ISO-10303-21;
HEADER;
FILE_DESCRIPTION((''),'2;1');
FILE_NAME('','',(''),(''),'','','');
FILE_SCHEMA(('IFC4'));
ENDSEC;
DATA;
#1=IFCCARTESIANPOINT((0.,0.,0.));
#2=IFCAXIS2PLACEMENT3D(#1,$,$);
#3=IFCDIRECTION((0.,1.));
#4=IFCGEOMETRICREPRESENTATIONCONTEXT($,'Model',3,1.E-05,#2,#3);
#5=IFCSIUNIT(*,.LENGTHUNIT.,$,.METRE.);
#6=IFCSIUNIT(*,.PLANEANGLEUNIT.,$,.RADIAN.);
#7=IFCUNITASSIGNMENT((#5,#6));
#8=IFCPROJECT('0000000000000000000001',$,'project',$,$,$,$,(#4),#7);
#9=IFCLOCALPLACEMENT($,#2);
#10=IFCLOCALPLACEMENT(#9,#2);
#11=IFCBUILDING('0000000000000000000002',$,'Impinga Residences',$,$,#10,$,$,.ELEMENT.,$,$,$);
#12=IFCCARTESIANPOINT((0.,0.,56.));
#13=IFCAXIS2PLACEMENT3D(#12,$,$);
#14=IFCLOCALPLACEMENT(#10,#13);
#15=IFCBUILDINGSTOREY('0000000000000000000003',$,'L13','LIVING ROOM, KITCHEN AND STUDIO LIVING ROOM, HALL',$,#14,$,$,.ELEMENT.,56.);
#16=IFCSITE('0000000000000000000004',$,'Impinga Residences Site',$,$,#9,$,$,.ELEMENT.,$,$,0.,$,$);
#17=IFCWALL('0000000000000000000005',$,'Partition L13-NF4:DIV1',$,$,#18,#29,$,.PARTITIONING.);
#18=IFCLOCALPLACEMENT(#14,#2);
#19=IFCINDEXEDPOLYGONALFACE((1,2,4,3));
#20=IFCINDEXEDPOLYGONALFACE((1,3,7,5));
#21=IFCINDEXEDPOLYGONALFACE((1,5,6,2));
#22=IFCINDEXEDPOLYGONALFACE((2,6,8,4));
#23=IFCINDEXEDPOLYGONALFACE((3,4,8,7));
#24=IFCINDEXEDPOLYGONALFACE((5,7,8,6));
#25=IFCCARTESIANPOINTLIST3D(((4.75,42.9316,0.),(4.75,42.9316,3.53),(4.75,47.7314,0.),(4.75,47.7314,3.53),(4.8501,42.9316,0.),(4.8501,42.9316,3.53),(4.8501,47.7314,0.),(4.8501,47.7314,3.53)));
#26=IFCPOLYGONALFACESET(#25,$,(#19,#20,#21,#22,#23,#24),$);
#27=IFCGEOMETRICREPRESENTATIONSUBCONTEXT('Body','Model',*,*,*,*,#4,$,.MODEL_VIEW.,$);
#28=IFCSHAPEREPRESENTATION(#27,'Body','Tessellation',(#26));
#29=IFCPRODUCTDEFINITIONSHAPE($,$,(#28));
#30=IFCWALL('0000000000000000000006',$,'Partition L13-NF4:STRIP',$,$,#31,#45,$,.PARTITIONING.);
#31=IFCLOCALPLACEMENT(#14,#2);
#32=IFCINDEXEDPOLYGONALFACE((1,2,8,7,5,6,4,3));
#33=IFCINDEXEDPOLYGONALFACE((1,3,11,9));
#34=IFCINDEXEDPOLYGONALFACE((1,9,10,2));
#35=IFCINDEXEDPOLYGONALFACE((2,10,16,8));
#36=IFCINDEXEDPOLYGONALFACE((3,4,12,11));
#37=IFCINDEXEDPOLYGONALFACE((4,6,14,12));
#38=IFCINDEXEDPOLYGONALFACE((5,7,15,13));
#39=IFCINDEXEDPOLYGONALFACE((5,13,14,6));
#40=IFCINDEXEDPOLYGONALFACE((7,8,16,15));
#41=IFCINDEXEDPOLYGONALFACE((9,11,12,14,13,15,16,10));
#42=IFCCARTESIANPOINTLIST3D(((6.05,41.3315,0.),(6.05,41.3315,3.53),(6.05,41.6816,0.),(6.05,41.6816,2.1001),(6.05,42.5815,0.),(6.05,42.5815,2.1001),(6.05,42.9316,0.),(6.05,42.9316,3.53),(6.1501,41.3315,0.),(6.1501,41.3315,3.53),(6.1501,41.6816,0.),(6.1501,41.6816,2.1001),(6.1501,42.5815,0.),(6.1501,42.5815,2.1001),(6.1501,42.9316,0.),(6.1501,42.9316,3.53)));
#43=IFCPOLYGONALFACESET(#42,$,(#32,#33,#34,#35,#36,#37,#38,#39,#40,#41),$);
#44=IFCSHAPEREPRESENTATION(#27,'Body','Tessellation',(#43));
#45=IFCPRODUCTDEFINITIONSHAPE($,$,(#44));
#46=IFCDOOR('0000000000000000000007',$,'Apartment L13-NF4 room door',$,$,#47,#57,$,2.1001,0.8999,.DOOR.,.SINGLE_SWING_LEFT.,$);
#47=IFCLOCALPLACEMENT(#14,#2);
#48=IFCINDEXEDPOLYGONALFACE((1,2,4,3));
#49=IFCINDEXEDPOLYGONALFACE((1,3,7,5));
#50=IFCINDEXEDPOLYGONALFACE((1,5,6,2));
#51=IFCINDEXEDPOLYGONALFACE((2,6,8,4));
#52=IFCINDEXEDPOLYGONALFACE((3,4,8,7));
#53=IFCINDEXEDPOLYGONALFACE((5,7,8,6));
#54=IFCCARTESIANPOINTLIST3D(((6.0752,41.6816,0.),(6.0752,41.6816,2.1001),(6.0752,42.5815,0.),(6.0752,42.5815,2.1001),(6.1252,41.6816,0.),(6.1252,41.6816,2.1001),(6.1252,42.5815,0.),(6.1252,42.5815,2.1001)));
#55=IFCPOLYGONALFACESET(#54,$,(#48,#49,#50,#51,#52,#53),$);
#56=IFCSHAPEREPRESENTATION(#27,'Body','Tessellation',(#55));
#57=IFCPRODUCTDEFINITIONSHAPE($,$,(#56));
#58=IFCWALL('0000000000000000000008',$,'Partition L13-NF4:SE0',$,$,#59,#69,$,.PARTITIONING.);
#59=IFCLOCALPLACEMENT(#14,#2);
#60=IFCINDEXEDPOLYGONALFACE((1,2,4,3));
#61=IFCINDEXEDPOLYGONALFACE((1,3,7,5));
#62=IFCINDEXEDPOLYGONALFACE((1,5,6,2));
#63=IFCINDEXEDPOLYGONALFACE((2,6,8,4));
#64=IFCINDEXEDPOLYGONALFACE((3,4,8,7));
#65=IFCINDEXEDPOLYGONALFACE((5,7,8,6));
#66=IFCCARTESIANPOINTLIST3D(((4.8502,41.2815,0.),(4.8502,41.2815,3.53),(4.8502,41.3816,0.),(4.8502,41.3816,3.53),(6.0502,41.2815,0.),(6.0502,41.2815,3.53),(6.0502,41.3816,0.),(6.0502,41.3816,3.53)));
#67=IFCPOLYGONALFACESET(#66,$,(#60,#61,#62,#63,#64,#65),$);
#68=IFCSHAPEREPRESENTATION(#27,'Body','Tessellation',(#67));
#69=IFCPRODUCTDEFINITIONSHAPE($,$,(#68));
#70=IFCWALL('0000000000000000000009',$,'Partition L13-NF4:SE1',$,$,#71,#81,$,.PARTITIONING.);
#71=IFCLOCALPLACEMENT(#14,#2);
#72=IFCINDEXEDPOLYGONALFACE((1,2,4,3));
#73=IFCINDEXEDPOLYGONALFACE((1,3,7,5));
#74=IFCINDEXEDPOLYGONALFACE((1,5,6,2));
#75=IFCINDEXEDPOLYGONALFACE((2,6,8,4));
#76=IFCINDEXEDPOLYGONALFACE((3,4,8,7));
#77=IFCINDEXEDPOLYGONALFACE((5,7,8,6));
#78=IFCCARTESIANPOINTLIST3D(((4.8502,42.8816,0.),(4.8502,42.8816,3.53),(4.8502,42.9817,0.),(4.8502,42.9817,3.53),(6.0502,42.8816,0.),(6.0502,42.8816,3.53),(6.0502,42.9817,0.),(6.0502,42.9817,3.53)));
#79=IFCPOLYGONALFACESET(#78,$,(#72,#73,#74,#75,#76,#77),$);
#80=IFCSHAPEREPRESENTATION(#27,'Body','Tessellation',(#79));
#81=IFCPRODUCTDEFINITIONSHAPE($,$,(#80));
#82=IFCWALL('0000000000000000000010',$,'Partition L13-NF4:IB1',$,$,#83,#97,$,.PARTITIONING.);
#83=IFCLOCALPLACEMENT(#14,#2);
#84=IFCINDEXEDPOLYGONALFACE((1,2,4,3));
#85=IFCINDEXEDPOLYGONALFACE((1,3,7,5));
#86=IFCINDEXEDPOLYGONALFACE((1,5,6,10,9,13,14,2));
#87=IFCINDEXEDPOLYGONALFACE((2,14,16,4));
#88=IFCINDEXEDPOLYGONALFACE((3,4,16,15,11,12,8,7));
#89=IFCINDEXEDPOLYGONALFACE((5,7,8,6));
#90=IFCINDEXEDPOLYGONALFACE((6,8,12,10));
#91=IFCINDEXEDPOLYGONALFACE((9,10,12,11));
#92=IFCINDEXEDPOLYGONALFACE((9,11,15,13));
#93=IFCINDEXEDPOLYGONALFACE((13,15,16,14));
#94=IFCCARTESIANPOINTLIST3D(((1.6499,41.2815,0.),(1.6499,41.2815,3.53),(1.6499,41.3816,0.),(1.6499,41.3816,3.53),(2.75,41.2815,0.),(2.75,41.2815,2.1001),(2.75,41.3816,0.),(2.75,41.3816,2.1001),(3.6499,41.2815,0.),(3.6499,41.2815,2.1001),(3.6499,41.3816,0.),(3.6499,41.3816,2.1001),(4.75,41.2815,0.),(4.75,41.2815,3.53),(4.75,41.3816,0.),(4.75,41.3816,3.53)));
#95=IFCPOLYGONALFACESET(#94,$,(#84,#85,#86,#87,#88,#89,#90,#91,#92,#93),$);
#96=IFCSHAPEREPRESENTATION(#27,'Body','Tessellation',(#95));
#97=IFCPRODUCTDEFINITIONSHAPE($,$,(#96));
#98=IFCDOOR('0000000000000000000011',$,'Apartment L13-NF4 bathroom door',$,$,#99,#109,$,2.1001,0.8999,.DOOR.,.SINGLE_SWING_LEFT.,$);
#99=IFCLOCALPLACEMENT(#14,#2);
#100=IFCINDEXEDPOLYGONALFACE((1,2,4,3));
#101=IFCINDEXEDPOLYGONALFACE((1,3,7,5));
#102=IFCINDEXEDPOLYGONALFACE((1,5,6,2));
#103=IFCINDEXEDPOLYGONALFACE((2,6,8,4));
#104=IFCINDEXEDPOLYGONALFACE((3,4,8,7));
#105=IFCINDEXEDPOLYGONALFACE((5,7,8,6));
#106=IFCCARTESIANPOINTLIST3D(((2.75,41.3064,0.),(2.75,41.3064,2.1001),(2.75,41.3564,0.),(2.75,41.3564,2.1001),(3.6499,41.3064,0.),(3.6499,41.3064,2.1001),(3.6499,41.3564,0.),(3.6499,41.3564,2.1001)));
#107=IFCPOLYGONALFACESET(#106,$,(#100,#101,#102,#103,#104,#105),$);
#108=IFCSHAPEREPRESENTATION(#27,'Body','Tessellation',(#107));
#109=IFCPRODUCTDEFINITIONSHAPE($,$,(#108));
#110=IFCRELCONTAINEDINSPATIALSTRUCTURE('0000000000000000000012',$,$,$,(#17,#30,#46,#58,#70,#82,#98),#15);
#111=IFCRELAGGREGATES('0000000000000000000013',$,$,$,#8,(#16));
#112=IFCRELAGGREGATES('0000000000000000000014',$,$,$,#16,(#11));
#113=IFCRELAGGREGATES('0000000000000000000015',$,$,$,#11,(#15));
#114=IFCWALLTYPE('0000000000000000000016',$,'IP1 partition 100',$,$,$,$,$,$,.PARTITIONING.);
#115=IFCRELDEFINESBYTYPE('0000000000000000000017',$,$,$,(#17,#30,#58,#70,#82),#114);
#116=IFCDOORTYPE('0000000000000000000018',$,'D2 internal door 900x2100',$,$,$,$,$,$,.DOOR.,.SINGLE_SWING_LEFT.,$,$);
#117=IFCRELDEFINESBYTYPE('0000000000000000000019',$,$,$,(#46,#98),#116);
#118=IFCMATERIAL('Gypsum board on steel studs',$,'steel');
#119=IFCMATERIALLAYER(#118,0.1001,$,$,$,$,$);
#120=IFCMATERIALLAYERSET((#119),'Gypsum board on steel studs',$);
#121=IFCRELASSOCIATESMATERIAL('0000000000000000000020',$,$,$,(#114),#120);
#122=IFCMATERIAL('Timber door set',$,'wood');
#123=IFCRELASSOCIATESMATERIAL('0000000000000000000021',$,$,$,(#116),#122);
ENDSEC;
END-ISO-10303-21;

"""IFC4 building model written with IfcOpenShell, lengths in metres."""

from ifc_helpers import new_model, si_unit, direction, frame, frame_2d, origin, place, context, subcontext, project, spatial, rectangle, extrude, material, layer, layer_set, type_object, element, fill, save


model = new_model("IFC4")

# Units and contexts
model_context = context("Model", 3, precision=1e-05, world=origin(), true_north=direction((0.0, 1.0)))
body_context = subcontext(model_context, "Body", "Model", "MODEL_VIEW")
ifc_project = project(units=[si_unit("LENGTHUNIT", "METRE"), si_unit("PLANEANGLEUNIT", "RADIAN")], contexts=[model_context])

# Site, building, storey
site_placement = place(None, origin())
site = spatial("IfcSite", under=ifc_project, at=site_placement, Name="Impinga Residences Site", CompositionType="ELEMENT", RefElevation=0.0)
building_placement = place(site_placement, origin())
building = spatial("IfcBuilding", under=site, at=building_placement, Name="Impinga Residences", CompositionType="ELEMENT")
storey_placement = place(building_placement, frame((0.0, 0.0, 56.0)))
storey = spatial("IfcBuildingStorey", under=building, at=storey_placement, Name="L13", Description="LIVING ROOM, KITCHEN AND STUDIO LIVING ROOM, HALL", CompositionType="ELEMENT", Elevation=56.0)

# Wall
ifc_material_1 = material(Name="Gypsum board on steel studs", Category="steel")
ifc_layer_1 = layer(ifc_material_1, 0.1001)
ifc_layer_set_1 = layer_set([ifc_layer_1], Name="Gypsum board on steel studs")
wall_type_1 = type_object("IfcWallType", Name="IP1 partition 100", PredefinedType="PARTITIONING", material=ifc_layer_set_1)
wall_1_placement = place(storey_placement, frame((4.8, 42.9316, 0.0), z_axis=(0.0, 0.0, 1.0), x_axis=(0.0, 1.0, 0.0)))
element("IfcWall", 1, at=wall_1_placement, inside=storey, type_object=wall_type_1, Name="Partition L13-NF4:DIV1", PredefinedType="PARTITIONING", context=body_context, shape_type="SweptSolid", body=[
    extrude(rectangle(XDim=4.7998, YDim=0.1001, at=frame_2d((2.3999, 0.0))), origin(), (0.0, 0.0, 1.0), 3.53),
])

# Wall, opening, door
wall_2_placement = place(storey_placement, frame((6.1001, 41.3315, 0.0), z_axis=(0.0, 0.0, 1.0), x_axis=(0.0, 1.0, 0.0)))
wall_2 = element("IfcWall", 2, at=wall_2_placement, inside=storey, type_object=wall_type_1, Name="Partition L13-NF4:STRIP", PredefinedType="PARTITIONING", context=body_context, shape_type="SweptSolid", body=[
    extrude(rectangle(XDim=1.6001, YDim=0.1001, at=frame_2d((0.8, 0.0))), origin(), (0.0, 0.0, 1.0), 3.53),
])
opening_1_placement = place(wall_2_placement, frame((0.3501, 0.0, 0.0)))
opening_1 = element("IfcOpeningElement", 3, at=opening_1_placement, cuts=wall_2, PredefinedType="OPENING", context=body_context, shape_type="SweptSolid", body=[
    extrude(rectangle(XDim=0.8999, YDim=2.1001, at=frame_2d((0.45, 1.05))), frame((0.0, 0.0601, 0.0), z_axis=(0.0, -1.0, 0.0), x_axis=(1.0, 0.0, 0.0)), (0.0, 0.0, 1.0), 0.1201),
])
ifc_material_2 = material(Name="Timber door set", Category="wood")
door_type = type_object("IfcDoorType", Name="D2 internal door 900x2100", OperationType="SINGLE_SWING_LEFT", PredefinedType="DOOR", material=ifc_material_2)
door_1_placement = place(opening_1_placement, origin())
door_1 = element("IfcDoor", 4, at=door_1_placement, inside=storey, type_object=door_type, Name="Apartment L13-NF4 room door", OperationType="SINGLE_SWING_LEFT", OverallHeight=2.1001, OverallWidth=0.8999, PredefinedType="DOOR", context=body_context, shape_type="SweptSolid", body=[
    extrude(rectangle(XDim=0.8999, YDim=2.1001, at=frame_2d((0.45, 1.05))), frame((0.0, 0.0249, 0.0), z_axis=(0.0, -1.0, 0.0), x_axis=(1.0, 0.0, 0.0)), (0.0, 0.0, 1.0), 0.05),
])
fill(opening_1, door_1)

# Walls
for number, where, z_axis, x_axis, name in (
    (5, (4.8501, 41.3315, 0.0), (0.0, 0.0, 1.0), (1.0, 0.0, 0.0), "Partition L13-NF4:SE0"),
    (6, (4.8501, 42.9316, 0.0), (0.0, 0.0, 1.0), (1.0, 0.0, 0.0), "Partition L13-NF4:SE1"),
):
    element("IfcWall", number, at=place(storey_placement, frame(where, z_axis=z_axis, x_axis=x_axis)), inside=storey, type_object=wall_type_1, Name=name, PredefinedType="PARTITIONING", context=body_context, shape_type="SweptSolid", body=[
        extrude(rectangle(XDim=1.2, YDim=0.1001, at=frame_2d((0.6001, 0.0))), origin(), (0.0, 0.0, 1.0), 3.53),
    ])

# Wall, opening, door
wall_3_placement = place(storey_placement, frame((1.6499, 41.3315, 0.0), z_axis=(0.0, 0.0, 1.0), x_axis=(1.0, 0.0, 0.0)))
wall_3 = element("IfcWall", 7, at=wall_3_placement, inside=storey, type_object=wall_type_1, Name="Partition L13-NF4:IB1", PredefinedType="PARTITIONING", context=body_context, shape_type="SweptSolid", body=[
    extrude(rectangle(XDim=3.1001, YDim=0.1001, at=frame_2d((1.55, 0.0))), origin(), (0.0, 0.0, 1.0), 3.53),
])
opening_2_placement = place(wall_3_placement, frame((1.1001, 0.0, 0.0)))
opening_2 = element("IfcOpeningElement", 8, at=opening_2_placement, cuts=wall_3, PredefinedType="OPENING", context=body_context, shape_type="SweptSolid", body=[
    extrude(rectangle(XDim=0.8999, YDim=2.1001, at=frame_2d((0.45, 1.05))), frame((0.0, 0.0601, 0.0), z_axis=(0.0, -1.0, 0.0), x_axis=(1.0, 0.0, 0.0)), (0.0, 0.0, 1.0), 0.1201),
])
door_2_placement = place(opening_2_placement, origin())
door_2 = element("IfcDoor", 9, at=door_2_placement, inside=storey, type_object=door_type, Name="Apartment L13-NF4 bathroom door", OperationType="SINGLE_SWING_LEFT", OverallHeight=2.1001, OverallWidth=0.8999, PredefinedType="DOOR", context=body_context, shape_type="SweptSolid", body=[
    extrude(rectangle(XDim=0.8999, YDim=2.1001, at=frame_2d((0.45, 1.05))), frame((0.0, 0.0249, 0.0), z_axis=(0.0, -1.0, 0.0), x_axis=(1.0, 0.0, 0.0)), (0.0, 0.0, 1.0), 0.05),
])
fill(opening_2, door_2)

save(model, "model.ifc")
